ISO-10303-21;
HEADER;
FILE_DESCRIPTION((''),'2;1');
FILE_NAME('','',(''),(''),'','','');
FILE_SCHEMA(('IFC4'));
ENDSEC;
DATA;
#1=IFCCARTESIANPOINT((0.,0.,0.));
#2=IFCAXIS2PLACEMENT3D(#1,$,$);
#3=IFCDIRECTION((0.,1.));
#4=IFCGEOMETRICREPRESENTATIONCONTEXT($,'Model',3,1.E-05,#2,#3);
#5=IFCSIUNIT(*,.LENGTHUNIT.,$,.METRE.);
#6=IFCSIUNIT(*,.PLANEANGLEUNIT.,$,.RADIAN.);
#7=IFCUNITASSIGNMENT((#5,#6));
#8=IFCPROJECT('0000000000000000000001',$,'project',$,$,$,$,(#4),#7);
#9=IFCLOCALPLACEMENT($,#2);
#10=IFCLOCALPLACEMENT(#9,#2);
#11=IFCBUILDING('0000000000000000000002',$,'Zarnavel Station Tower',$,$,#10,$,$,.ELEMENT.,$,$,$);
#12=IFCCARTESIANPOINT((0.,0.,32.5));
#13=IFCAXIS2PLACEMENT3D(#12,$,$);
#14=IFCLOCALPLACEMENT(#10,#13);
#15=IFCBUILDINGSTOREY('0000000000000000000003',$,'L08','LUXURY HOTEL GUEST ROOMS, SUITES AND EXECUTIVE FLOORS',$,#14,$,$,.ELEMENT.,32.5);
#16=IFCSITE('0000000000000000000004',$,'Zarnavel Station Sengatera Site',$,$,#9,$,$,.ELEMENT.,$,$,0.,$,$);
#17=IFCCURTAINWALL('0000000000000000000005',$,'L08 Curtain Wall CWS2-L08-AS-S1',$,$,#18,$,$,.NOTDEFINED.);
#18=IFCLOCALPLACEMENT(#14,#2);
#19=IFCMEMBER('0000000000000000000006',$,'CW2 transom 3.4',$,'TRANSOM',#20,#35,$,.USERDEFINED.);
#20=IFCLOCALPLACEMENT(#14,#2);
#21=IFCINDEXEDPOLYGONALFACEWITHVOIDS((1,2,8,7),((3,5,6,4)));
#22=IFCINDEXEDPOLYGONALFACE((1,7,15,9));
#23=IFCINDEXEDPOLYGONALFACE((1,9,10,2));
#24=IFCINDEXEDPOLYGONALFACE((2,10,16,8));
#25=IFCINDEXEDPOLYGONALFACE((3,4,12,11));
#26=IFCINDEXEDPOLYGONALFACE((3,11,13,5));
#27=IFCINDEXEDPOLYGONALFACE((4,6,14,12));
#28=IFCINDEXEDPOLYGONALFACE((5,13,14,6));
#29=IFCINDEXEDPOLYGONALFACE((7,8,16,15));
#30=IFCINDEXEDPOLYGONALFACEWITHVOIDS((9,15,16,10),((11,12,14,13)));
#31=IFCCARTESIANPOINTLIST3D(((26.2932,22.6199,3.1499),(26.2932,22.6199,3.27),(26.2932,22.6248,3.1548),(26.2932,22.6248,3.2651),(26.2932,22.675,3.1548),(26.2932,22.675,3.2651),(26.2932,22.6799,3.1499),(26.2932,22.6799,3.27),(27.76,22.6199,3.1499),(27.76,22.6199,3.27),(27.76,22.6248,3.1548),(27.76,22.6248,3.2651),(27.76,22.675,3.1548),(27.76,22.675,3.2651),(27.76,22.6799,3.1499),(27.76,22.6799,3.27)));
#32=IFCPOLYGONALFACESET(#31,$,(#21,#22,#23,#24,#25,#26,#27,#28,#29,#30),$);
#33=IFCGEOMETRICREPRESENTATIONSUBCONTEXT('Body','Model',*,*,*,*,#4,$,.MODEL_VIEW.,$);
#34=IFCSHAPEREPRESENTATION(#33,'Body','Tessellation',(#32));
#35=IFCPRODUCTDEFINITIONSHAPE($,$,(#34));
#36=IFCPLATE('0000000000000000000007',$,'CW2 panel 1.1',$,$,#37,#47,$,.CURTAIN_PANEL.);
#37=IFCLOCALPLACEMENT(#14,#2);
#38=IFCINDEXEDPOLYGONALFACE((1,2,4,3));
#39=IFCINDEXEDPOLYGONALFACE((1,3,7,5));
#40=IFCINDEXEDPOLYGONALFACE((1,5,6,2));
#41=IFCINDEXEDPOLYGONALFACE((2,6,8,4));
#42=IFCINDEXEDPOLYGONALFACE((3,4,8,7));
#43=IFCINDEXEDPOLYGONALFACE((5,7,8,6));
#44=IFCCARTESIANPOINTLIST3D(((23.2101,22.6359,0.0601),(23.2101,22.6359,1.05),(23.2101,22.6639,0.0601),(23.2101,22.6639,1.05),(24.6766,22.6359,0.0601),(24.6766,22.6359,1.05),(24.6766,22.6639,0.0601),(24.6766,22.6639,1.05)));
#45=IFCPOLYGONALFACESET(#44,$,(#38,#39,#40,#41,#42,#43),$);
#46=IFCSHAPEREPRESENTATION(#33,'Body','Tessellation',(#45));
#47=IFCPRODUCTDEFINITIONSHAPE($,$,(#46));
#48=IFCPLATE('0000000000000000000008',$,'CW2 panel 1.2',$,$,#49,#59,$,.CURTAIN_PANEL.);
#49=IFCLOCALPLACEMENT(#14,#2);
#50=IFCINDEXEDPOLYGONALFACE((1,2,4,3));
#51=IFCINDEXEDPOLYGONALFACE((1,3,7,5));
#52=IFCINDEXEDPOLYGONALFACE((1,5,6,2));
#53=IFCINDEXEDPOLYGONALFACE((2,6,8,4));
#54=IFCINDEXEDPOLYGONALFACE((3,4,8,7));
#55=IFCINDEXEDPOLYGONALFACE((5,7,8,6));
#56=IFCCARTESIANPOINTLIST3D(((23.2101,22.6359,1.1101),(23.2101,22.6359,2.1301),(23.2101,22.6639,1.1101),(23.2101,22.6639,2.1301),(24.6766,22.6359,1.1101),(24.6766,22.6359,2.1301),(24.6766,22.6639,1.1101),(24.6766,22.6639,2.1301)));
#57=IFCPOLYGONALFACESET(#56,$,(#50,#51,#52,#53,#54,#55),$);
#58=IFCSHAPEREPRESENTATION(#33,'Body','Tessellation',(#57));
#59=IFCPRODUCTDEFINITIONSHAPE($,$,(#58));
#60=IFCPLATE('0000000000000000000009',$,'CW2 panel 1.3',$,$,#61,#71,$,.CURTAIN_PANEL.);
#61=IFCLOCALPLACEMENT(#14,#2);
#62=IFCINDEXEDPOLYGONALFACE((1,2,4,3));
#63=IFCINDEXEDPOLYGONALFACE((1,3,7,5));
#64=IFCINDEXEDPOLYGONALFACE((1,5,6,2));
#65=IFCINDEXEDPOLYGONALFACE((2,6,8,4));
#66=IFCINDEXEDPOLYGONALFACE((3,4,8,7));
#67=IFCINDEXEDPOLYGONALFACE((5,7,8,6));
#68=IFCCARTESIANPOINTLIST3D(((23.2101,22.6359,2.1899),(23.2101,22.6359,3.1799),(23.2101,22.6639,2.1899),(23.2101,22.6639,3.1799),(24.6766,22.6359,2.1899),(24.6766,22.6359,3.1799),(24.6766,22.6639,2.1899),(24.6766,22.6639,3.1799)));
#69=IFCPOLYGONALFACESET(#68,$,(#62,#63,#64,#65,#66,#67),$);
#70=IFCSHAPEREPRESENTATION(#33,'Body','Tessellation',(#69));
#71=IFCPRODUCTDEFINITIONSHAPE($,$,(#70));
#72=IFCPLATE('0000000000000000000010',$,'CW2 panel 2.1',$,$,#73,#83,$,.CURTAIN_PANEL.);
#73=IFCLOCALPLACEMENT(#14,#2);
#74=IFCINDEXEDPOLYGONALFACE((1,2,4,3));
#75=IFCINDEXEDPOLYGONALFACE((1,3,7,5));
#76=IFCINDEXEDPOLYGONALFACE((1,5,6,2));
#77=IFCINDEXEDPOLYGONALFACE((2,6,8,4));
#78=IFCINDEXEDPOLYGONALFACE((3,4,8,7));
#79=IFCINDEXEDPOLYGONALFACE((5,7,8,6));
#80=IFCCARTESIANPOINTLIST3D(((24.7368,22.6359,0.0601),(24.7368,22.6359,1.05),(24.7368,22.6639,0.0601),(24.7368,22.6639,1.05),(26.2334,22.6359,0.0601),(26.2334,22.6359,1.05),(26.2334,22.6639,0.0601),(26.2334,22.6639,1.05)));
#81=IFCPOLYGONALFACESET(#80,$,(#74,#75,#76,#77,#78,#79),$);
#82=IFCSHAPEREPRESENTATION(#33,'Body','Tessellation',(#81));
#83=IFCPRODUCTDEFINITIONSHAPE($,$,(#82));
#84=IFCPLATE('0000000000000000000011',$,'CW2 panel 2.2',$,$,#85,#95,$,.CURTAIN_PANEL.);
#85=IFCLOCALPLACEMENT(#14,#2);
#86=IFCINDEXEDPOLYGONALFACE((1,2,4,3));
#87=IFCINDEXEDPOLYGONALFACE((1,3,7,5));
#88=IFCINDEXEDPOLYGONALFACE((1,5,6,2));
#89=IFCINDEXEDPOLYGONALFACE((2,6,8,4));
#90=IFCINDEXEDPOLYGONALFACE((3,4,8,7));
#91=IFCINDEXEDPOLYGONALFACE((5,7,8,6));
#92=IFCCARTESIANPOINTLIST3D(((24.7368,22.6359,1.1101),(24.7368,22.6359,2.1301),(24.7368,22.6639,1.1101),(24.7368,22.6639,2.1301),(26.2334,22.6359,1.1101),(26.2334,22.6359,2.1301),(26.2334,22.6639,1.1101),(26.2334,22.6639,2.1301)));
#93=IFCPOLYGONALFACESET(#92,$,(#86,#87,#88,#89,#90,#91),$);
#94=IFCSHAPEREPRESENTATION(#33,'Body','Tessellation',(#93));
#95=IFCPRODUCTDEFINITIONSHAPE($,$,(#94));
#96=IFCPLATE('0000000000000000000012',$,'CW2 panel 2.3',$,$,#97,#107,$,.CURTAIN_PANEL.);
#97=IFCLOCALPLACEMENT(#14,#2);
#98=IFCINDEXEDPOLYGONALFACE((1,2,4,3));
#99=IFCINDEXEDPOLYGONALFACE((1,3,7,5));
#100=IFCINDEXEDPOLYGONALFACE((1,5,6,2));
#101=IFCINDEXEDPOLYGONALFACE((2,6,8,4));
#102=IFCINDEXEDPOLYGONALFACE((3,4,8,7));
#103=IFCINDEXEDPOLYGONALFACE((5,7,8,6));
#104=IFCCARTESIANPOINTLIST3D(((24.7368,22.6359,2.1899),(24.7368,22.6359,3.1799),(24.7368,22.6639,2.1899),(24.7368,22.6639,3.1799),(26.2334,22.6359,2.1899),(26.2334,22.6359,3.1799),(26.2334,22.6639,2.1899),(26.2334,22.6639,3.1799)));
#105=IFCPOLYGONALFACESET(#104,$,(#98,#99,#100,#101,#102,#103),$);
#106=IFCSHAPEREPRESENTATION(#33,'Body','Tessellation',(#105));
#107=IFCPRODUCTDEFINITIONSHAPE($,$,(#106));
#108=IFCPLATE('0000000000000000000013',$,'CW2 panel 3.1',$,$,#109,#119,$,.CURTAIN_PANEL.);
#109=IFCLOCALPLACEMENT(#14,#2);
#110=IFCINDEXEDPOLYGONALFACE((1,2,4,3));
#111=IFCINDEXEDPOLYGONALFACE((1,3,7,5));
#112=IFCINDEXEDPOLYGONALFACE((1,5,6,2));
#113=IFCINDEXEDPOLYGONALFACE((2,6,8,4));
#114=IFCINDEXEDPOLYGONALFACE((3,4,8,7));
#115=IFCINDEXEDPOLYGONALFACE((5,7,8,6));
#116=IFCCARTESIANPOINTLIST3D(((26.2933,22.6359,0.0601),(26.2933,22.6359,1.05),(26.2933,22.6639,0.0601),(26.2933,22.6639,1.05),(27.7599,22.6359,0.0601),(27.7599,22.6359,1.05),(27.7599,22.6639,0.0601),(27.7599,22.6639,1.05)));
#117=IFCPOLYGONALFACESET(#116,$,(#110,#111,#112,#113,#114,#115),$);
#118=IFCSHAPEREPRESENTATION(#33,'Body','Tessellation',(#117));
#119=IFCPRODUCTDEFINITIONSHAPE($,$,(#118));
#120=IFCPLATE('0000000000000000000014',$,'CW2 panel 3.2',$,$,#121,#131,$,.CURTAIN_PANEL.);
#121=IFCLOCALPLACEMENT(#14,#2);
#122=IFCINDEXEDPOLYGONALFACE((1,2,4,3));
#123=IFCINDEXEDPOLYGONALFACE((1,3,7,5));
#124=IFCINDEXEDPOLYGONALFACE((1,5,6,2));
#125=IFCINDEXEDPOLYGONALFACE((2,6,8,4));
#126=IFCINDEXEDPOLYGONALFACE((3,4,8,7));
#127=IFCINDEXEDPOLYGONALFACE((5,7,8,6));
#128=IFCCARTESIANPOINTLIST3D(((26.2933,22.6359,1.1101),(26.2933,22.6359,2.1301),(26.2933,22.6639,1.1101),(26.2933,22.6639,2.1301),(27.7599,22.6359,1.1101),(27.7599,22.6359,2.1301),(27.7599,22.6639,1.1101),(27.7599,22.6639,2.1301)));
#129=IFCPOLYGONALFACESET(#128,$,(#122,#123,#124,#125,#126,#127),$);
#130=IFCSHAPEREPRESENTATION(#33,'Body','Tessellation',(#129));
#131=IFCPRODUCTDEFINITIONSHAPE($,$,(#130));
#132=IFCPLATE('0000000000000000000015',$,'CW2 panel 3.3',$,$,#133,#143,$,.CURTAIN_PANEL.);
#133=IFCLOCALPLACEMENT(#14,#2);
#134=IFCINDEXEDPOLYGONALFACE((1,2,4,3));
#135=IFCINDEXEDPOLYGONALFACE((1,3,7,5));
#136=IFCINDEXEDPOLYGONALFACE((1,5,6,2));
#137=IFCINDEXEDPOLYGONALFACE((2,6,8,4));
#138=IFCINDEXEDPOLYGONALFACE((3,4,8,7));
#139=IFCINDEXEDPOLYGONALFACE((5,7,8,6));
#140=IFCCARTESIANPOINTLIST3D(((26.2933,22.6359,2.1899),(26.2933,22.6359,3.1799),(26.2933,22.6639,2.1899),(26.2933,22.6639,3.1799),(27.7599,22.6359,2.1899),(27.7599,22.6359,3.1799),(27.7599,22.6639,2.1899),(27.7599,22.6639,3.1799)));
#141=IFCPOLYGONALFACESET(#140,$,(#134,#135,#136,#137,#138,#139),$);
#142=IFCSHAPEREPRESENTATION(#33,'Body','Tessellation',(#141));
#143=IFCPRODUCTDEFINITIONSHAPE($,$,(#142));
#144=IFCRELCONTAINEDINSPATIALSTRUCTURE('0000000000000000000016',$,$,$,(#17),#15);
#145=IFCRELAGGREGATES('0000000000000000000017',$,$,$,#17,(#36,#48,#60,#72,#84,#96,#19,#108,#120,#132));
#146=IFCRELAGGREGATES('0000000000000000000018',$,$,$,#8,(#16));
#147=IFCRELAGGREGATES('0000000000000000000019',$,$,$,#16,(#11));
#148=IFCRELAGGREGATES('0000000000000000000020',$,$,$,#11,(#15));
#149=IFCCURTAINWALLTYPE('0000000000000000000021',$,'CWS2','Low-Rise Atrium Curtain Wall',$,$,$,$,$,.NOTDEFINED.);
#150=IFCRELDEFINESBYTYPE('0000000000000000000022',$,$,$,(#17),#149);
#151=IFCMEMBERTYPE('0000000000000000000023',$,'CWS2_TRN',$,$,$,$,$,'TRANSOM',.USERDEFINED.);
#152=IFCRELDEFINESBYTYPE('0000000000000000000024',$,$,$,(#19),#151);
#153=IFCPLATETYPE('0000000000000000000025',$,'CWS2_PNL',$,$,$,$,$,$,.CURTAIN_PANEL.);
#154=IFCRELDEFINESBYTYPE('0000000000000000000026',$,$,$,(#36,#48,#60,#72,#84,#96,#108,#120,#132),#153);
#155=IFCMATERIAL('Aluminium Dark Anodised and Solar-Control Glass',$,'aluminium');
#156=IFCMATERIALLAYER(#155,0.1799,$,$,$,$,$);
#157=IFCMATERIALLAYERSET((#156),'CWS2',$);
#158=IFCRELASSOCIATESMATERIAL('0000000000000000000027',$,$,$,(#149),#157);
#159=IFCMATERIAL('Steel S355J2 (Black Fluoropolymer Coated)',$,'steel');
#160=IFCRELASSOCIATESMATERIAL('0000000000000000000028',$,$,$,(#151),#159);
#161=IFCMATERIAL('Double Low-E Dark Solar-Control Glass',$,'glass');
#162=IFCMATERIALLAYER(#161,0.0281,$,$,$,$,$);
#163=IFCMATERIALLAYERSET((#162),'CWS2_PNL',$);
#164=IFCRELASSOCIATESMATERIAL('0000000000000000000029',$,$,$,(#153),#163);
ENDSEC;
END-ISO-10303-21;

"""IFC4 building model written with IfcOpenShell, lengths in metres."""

from ifc_helpers import new_model, si_unit, direction, frame, origin, origin_2d, place, context, subcontext, project, spatial, rectangle, hollow_rectangle, extrude, material, layer, layer_set, material_profile, profile_set, type_object, element, aggregate, save


model = new_model("IFC4")

# Units and contexts
model_context = context("Model", 3, precision=1e-05, world=origin(), true_north=direction((0.0, 1.0)))
body_context = subcontext(model_context, "Body", "Model", "MODEL_VIEW")
ifc_project = project(units=[si_unit("LENGTHUNIT", "METRE"), si_unit("PLANEANGLEUNIT", "RADIAN")], contexts=[model_context])

# Site, building, storey
site_placement = place(None, origin())
site = spatial("IfcSite", under=ifc_project, at=site_placement, Name="Zarnavel Station Sengatera Site", CompositionType="ELEMENT", RefElevation=0.0)
building_placement = place(site_placement, origin())
building = spatial("IfcBuilding", under=site, at=building_placement, Name="Zarnavel Station Tower", CompositionType="ELEMENT")
storey_placement = place(building_placement, frame((0.0, 0.0, 32.5)))
storey = spatial("IfcBuildingStorey", under=building, at=storey_placement, Name="L08", Description="LUXURY HOTEL GUEST ROOMS, SUITES AND EXECUTIVE FLOORS", CompositionType="ELEMENT", Elevation=32.5)

# Curtain wall, member, plates
ifc_material_1 = material(Name="Aluminium Dark Anodised and Solar-Control Glass", Category="aluminium")
ifc_layer_1 = layer(ifc_material_1, 0.1799)
ifc_layer_set_1 = layer_set([ifc_layer_1], Name="CWS2")
curtain_wall_type = type_object("IfcCurtainWallType", Name="CWS2", Description="Low-Rise Atrium Curtain Wall", PredefinedType="NOTDEFINED", material=ifc_layer_set_1)
curtain_wall_placement = place(storey_placement, origin())
curtain_wall = element("IfcCurtainWall", 1, at=curtain_wall_placement, inside=storey, type_object=curtain_wall_type, Name="L08 Curtain Wall CWS2-L08-AS-S1", PredefinedType="NOTDEFINED")
ifc_material_2 = material(Name="Steel S355J2 (Black Fluoropolymer Coated)", Category="steel")
ifc_material_profile_1 = material_profile(ifc_material_2, hollow_rectangle(XDim=0.0601, YDim=0.1201, WallThickness=0.0049, at=origin_2d()), Name="RHS120x60x5")
ifc_profile_set_1 = profile_set([ifc_material_profile_1], Name="Steel S355J2 (Black Fluoropolymer Coated)")
member_type_1 = type_object("IfcMemberType", Name="CWS2_TRN", ElementType="TRANSOM", PredefinedType="USERDEFINED", material=ifc_profile_set_1)
member_1_placement = place(storey_placement, frame((26.2932, 22.6499, 3.21), z_axis=(1.0, 0.0, 0.0), x_axis=(0.0, 1.0, 0.0)))
member_1 = element("IfcMember", 2, at=member_1_placement, type_object=member_type_1, Name="CW2 transom 3.4", ObjectType="TRANSOM", PredefinedType="USERDEFINED", context=body_context, shape_type="SweptSolid", body=[
    extrude(hollow_rectangle(XDim=0.0601, YDim=0.1201, WallThickness=0.0049, at=origin_2d()), origin(), (0.0, 0.0, 1.0), 1.4668),
])
ifc_material_3 = material(Name="Double Low-E Dark Solar-Control Glass", Category="glass")
ifc_layer_2 = layer(ifc_material_3, 0.0281)
ifc_layer_set_2 = layer_set([ifc_layer_2], Name="CWS2_PNL")
plate_type = type_object("IfcPlateType", Name="CWS2_PNL", PredefinedType="CURTAIN_PANEL", material=ifc_layer_set_2)
plate_1_placement = place(storey_placement, frame((23.9434, 22.6499, 0.0601), z_axis=(0.0, 0.0, 1.0), x_axis=(1.0, 0.0, 0.0)))
plate_1 = element("IfcPlate", 3, at=plate_1_placement, type_object=plate_type, Name="CW2 panel 1.1", PredefinedType="CURTAIN_PANEL", context=body_context, shape_type="SweptSolid", body=[
    extrude(rectangle(XDim=1.4666, YDim=0.0281, at=origin_2d()), origin(), (0.0, 0.0, 1.0), 0.99),
])
plate_2_placement = place(storey_placement, frame((23.9434, 22.6499, 1.1101), z_axis=(0.0, 0.0, 1.0), x_axis=(1.0, 0.0, 0.0)))
plate_2 = element("IfcPlate", 4, at=plate_2_placement, type_object=plate_type, Name="CW2 panel 1.2", PredefinedType="CURTAIN_PANEL", context=body_context, shape_type="SweptSolid", body=[
    extrude(rectangle(XDim=1.4666, YDim=0.0281, at=origin_2d()), origin(), (0.0, 0.0, 1.0), 1.02),
])
plate_3_placement = place(storey_placement, frame((23.9434, 22.6499, 2.1899), z_axis=(0.0, 0.0, 1.0), x_axis=(1.0, 0.0, 0.0)))
plate_3 = element("IfcPlate", 5, at=plate_3_placement, type_object=plate_type, Name="CW2 panel 1.3", PredefinedType="CURTAIN_PANEL", context=body_context, shape_type="SweptSolid", body=[
    extrude(rectangle(XDim=1.4666, YDim=0.0281, at=origin_2d()), origin(), (0.0, 0.0, 1.0), 0.99),
])
plate_4_placement = place(storey_placement, frame((25.4851, 22.6499, 0.0601), z_axis=(0.0, 0.0, 1.0), x_axis=(1.0, 0.0, 0.0)))
plate_4 = element("IfcPlate", 6, at=plate_4_placement, type_object=plate_type, Name="CW2 panel 2.1", PredefinedType="CURTAIN_PANEL", context=body_context, shape_type="SweptSolid", body=[
    extrude(rectangle(XDim=1.4966, YDim=0.0281, at=origin_2d()), origin(), (0.0, 0.0, 1.0), 0.99),
])
plate_5_placement = place(storey_placement, frame((25.4851, 22.6499, 1.1101), z_axis=(0.0, 0.0, 1.0), x_axis=(1.0, 0.0, 0.0)))
plate_5 = element("IfcPlate", 7, at=plate_5_placement, type_object=plate_type, Name="CW2 panel 2.2", PredefinedType="CURTAIN_PANEL", context=body_context, shape_type="SweptSolid", body=[
    extrude(rectangle(XDim=1.4966, YDim=0.0281, at=origin_2d()), origin(), (0.0, 0.0, 1.0), 1.02),
])
plate_6_placement = place(storey_placement, frame((25.4851, 22.6499, 2.1899), z_axis=(0.0, 0.0, 1.0), x_axis=(1.0, 0.0, 0.0)))
plate_6 = element("IfcPlate", 8, at=plate_6_placement, type_object=plate_type, Name="CW2 panel 2.3", PredefinedType="CURTAIN_PANEL", context=body_context, shape_type="SweptSolid", body=[
    extrude(rectangle(XDim=1.4966, YDim=0.0281, at=origin_2d()), origin(), (0.0, 0.0, 1.0), 0.99),
])
plate_7_placement = place(storey_placement, frame((27.0266, 22.6499, 0.0601), z_axis=(0.0, 0.0, 1.0), x_axis=(1.0, 0.0, 0.0)))
plate_7 = element("IfcPlate", 9, at=plate_7_placement, type_object=plate_type, Name="CW2 panel 3.1", PredefinedType="CURTAIN_PANEL", context=body_context, shape_type="SweptSolid", body=[
    extrude(rectangle(XDim=1.4666, YDim=0.0281, at=origin_2d()), origin(), (0.0, 0.0, 1.0), 0.99),
])
plate_8_placement = place(storey_placement, frame((27.0266, 22.6499, 1.1101), z_axis=(0.0, 0.0, 1.0), x_axis=(1.0, 0.0, 0.0)))
plate_8 = element("IfcPlate", 10, at=plate_8_placement, type_object=plate_type, Name="CW2 panel 3.2", PredefinedType="CURTAIN_PANEL", context=body_context, shape_type="SweptSolid", body=[
    extrude(rectangle(XDim=1.4666, YDim=0.0281, at=origin_2d()), origin(), (0.0, 0.0, 1.0), 1.02),
])
plate_9_placement = place(storey_placement, frame((27.0266, 22.6499, 2.1899), z_axis=(0.0, 0.0, 1.0), x_axis=(1.0, 0.0, 0.0)))
plate_9 = element("IfcPlate", 11, at=plate_9_placement, type_object=plate_type, Name="CW2 panel 3.3", PredefinedType="CURTAIN_PANEL", context=body_context, shape_type="SweptSolid", body=[
    extrude(rectangle(XDim=1.4666, YDim=0.0281, at=origin_2d()), origin(), (0.0, 0.0, 1.0), 0.99),
])
aggregate(curtain_wall, [plate_1, plate_2, plate_3, plate_4, plate_5, plate_6, member_1, plate_7, plate_8, plate_9])

save(model, "model.ifc")
